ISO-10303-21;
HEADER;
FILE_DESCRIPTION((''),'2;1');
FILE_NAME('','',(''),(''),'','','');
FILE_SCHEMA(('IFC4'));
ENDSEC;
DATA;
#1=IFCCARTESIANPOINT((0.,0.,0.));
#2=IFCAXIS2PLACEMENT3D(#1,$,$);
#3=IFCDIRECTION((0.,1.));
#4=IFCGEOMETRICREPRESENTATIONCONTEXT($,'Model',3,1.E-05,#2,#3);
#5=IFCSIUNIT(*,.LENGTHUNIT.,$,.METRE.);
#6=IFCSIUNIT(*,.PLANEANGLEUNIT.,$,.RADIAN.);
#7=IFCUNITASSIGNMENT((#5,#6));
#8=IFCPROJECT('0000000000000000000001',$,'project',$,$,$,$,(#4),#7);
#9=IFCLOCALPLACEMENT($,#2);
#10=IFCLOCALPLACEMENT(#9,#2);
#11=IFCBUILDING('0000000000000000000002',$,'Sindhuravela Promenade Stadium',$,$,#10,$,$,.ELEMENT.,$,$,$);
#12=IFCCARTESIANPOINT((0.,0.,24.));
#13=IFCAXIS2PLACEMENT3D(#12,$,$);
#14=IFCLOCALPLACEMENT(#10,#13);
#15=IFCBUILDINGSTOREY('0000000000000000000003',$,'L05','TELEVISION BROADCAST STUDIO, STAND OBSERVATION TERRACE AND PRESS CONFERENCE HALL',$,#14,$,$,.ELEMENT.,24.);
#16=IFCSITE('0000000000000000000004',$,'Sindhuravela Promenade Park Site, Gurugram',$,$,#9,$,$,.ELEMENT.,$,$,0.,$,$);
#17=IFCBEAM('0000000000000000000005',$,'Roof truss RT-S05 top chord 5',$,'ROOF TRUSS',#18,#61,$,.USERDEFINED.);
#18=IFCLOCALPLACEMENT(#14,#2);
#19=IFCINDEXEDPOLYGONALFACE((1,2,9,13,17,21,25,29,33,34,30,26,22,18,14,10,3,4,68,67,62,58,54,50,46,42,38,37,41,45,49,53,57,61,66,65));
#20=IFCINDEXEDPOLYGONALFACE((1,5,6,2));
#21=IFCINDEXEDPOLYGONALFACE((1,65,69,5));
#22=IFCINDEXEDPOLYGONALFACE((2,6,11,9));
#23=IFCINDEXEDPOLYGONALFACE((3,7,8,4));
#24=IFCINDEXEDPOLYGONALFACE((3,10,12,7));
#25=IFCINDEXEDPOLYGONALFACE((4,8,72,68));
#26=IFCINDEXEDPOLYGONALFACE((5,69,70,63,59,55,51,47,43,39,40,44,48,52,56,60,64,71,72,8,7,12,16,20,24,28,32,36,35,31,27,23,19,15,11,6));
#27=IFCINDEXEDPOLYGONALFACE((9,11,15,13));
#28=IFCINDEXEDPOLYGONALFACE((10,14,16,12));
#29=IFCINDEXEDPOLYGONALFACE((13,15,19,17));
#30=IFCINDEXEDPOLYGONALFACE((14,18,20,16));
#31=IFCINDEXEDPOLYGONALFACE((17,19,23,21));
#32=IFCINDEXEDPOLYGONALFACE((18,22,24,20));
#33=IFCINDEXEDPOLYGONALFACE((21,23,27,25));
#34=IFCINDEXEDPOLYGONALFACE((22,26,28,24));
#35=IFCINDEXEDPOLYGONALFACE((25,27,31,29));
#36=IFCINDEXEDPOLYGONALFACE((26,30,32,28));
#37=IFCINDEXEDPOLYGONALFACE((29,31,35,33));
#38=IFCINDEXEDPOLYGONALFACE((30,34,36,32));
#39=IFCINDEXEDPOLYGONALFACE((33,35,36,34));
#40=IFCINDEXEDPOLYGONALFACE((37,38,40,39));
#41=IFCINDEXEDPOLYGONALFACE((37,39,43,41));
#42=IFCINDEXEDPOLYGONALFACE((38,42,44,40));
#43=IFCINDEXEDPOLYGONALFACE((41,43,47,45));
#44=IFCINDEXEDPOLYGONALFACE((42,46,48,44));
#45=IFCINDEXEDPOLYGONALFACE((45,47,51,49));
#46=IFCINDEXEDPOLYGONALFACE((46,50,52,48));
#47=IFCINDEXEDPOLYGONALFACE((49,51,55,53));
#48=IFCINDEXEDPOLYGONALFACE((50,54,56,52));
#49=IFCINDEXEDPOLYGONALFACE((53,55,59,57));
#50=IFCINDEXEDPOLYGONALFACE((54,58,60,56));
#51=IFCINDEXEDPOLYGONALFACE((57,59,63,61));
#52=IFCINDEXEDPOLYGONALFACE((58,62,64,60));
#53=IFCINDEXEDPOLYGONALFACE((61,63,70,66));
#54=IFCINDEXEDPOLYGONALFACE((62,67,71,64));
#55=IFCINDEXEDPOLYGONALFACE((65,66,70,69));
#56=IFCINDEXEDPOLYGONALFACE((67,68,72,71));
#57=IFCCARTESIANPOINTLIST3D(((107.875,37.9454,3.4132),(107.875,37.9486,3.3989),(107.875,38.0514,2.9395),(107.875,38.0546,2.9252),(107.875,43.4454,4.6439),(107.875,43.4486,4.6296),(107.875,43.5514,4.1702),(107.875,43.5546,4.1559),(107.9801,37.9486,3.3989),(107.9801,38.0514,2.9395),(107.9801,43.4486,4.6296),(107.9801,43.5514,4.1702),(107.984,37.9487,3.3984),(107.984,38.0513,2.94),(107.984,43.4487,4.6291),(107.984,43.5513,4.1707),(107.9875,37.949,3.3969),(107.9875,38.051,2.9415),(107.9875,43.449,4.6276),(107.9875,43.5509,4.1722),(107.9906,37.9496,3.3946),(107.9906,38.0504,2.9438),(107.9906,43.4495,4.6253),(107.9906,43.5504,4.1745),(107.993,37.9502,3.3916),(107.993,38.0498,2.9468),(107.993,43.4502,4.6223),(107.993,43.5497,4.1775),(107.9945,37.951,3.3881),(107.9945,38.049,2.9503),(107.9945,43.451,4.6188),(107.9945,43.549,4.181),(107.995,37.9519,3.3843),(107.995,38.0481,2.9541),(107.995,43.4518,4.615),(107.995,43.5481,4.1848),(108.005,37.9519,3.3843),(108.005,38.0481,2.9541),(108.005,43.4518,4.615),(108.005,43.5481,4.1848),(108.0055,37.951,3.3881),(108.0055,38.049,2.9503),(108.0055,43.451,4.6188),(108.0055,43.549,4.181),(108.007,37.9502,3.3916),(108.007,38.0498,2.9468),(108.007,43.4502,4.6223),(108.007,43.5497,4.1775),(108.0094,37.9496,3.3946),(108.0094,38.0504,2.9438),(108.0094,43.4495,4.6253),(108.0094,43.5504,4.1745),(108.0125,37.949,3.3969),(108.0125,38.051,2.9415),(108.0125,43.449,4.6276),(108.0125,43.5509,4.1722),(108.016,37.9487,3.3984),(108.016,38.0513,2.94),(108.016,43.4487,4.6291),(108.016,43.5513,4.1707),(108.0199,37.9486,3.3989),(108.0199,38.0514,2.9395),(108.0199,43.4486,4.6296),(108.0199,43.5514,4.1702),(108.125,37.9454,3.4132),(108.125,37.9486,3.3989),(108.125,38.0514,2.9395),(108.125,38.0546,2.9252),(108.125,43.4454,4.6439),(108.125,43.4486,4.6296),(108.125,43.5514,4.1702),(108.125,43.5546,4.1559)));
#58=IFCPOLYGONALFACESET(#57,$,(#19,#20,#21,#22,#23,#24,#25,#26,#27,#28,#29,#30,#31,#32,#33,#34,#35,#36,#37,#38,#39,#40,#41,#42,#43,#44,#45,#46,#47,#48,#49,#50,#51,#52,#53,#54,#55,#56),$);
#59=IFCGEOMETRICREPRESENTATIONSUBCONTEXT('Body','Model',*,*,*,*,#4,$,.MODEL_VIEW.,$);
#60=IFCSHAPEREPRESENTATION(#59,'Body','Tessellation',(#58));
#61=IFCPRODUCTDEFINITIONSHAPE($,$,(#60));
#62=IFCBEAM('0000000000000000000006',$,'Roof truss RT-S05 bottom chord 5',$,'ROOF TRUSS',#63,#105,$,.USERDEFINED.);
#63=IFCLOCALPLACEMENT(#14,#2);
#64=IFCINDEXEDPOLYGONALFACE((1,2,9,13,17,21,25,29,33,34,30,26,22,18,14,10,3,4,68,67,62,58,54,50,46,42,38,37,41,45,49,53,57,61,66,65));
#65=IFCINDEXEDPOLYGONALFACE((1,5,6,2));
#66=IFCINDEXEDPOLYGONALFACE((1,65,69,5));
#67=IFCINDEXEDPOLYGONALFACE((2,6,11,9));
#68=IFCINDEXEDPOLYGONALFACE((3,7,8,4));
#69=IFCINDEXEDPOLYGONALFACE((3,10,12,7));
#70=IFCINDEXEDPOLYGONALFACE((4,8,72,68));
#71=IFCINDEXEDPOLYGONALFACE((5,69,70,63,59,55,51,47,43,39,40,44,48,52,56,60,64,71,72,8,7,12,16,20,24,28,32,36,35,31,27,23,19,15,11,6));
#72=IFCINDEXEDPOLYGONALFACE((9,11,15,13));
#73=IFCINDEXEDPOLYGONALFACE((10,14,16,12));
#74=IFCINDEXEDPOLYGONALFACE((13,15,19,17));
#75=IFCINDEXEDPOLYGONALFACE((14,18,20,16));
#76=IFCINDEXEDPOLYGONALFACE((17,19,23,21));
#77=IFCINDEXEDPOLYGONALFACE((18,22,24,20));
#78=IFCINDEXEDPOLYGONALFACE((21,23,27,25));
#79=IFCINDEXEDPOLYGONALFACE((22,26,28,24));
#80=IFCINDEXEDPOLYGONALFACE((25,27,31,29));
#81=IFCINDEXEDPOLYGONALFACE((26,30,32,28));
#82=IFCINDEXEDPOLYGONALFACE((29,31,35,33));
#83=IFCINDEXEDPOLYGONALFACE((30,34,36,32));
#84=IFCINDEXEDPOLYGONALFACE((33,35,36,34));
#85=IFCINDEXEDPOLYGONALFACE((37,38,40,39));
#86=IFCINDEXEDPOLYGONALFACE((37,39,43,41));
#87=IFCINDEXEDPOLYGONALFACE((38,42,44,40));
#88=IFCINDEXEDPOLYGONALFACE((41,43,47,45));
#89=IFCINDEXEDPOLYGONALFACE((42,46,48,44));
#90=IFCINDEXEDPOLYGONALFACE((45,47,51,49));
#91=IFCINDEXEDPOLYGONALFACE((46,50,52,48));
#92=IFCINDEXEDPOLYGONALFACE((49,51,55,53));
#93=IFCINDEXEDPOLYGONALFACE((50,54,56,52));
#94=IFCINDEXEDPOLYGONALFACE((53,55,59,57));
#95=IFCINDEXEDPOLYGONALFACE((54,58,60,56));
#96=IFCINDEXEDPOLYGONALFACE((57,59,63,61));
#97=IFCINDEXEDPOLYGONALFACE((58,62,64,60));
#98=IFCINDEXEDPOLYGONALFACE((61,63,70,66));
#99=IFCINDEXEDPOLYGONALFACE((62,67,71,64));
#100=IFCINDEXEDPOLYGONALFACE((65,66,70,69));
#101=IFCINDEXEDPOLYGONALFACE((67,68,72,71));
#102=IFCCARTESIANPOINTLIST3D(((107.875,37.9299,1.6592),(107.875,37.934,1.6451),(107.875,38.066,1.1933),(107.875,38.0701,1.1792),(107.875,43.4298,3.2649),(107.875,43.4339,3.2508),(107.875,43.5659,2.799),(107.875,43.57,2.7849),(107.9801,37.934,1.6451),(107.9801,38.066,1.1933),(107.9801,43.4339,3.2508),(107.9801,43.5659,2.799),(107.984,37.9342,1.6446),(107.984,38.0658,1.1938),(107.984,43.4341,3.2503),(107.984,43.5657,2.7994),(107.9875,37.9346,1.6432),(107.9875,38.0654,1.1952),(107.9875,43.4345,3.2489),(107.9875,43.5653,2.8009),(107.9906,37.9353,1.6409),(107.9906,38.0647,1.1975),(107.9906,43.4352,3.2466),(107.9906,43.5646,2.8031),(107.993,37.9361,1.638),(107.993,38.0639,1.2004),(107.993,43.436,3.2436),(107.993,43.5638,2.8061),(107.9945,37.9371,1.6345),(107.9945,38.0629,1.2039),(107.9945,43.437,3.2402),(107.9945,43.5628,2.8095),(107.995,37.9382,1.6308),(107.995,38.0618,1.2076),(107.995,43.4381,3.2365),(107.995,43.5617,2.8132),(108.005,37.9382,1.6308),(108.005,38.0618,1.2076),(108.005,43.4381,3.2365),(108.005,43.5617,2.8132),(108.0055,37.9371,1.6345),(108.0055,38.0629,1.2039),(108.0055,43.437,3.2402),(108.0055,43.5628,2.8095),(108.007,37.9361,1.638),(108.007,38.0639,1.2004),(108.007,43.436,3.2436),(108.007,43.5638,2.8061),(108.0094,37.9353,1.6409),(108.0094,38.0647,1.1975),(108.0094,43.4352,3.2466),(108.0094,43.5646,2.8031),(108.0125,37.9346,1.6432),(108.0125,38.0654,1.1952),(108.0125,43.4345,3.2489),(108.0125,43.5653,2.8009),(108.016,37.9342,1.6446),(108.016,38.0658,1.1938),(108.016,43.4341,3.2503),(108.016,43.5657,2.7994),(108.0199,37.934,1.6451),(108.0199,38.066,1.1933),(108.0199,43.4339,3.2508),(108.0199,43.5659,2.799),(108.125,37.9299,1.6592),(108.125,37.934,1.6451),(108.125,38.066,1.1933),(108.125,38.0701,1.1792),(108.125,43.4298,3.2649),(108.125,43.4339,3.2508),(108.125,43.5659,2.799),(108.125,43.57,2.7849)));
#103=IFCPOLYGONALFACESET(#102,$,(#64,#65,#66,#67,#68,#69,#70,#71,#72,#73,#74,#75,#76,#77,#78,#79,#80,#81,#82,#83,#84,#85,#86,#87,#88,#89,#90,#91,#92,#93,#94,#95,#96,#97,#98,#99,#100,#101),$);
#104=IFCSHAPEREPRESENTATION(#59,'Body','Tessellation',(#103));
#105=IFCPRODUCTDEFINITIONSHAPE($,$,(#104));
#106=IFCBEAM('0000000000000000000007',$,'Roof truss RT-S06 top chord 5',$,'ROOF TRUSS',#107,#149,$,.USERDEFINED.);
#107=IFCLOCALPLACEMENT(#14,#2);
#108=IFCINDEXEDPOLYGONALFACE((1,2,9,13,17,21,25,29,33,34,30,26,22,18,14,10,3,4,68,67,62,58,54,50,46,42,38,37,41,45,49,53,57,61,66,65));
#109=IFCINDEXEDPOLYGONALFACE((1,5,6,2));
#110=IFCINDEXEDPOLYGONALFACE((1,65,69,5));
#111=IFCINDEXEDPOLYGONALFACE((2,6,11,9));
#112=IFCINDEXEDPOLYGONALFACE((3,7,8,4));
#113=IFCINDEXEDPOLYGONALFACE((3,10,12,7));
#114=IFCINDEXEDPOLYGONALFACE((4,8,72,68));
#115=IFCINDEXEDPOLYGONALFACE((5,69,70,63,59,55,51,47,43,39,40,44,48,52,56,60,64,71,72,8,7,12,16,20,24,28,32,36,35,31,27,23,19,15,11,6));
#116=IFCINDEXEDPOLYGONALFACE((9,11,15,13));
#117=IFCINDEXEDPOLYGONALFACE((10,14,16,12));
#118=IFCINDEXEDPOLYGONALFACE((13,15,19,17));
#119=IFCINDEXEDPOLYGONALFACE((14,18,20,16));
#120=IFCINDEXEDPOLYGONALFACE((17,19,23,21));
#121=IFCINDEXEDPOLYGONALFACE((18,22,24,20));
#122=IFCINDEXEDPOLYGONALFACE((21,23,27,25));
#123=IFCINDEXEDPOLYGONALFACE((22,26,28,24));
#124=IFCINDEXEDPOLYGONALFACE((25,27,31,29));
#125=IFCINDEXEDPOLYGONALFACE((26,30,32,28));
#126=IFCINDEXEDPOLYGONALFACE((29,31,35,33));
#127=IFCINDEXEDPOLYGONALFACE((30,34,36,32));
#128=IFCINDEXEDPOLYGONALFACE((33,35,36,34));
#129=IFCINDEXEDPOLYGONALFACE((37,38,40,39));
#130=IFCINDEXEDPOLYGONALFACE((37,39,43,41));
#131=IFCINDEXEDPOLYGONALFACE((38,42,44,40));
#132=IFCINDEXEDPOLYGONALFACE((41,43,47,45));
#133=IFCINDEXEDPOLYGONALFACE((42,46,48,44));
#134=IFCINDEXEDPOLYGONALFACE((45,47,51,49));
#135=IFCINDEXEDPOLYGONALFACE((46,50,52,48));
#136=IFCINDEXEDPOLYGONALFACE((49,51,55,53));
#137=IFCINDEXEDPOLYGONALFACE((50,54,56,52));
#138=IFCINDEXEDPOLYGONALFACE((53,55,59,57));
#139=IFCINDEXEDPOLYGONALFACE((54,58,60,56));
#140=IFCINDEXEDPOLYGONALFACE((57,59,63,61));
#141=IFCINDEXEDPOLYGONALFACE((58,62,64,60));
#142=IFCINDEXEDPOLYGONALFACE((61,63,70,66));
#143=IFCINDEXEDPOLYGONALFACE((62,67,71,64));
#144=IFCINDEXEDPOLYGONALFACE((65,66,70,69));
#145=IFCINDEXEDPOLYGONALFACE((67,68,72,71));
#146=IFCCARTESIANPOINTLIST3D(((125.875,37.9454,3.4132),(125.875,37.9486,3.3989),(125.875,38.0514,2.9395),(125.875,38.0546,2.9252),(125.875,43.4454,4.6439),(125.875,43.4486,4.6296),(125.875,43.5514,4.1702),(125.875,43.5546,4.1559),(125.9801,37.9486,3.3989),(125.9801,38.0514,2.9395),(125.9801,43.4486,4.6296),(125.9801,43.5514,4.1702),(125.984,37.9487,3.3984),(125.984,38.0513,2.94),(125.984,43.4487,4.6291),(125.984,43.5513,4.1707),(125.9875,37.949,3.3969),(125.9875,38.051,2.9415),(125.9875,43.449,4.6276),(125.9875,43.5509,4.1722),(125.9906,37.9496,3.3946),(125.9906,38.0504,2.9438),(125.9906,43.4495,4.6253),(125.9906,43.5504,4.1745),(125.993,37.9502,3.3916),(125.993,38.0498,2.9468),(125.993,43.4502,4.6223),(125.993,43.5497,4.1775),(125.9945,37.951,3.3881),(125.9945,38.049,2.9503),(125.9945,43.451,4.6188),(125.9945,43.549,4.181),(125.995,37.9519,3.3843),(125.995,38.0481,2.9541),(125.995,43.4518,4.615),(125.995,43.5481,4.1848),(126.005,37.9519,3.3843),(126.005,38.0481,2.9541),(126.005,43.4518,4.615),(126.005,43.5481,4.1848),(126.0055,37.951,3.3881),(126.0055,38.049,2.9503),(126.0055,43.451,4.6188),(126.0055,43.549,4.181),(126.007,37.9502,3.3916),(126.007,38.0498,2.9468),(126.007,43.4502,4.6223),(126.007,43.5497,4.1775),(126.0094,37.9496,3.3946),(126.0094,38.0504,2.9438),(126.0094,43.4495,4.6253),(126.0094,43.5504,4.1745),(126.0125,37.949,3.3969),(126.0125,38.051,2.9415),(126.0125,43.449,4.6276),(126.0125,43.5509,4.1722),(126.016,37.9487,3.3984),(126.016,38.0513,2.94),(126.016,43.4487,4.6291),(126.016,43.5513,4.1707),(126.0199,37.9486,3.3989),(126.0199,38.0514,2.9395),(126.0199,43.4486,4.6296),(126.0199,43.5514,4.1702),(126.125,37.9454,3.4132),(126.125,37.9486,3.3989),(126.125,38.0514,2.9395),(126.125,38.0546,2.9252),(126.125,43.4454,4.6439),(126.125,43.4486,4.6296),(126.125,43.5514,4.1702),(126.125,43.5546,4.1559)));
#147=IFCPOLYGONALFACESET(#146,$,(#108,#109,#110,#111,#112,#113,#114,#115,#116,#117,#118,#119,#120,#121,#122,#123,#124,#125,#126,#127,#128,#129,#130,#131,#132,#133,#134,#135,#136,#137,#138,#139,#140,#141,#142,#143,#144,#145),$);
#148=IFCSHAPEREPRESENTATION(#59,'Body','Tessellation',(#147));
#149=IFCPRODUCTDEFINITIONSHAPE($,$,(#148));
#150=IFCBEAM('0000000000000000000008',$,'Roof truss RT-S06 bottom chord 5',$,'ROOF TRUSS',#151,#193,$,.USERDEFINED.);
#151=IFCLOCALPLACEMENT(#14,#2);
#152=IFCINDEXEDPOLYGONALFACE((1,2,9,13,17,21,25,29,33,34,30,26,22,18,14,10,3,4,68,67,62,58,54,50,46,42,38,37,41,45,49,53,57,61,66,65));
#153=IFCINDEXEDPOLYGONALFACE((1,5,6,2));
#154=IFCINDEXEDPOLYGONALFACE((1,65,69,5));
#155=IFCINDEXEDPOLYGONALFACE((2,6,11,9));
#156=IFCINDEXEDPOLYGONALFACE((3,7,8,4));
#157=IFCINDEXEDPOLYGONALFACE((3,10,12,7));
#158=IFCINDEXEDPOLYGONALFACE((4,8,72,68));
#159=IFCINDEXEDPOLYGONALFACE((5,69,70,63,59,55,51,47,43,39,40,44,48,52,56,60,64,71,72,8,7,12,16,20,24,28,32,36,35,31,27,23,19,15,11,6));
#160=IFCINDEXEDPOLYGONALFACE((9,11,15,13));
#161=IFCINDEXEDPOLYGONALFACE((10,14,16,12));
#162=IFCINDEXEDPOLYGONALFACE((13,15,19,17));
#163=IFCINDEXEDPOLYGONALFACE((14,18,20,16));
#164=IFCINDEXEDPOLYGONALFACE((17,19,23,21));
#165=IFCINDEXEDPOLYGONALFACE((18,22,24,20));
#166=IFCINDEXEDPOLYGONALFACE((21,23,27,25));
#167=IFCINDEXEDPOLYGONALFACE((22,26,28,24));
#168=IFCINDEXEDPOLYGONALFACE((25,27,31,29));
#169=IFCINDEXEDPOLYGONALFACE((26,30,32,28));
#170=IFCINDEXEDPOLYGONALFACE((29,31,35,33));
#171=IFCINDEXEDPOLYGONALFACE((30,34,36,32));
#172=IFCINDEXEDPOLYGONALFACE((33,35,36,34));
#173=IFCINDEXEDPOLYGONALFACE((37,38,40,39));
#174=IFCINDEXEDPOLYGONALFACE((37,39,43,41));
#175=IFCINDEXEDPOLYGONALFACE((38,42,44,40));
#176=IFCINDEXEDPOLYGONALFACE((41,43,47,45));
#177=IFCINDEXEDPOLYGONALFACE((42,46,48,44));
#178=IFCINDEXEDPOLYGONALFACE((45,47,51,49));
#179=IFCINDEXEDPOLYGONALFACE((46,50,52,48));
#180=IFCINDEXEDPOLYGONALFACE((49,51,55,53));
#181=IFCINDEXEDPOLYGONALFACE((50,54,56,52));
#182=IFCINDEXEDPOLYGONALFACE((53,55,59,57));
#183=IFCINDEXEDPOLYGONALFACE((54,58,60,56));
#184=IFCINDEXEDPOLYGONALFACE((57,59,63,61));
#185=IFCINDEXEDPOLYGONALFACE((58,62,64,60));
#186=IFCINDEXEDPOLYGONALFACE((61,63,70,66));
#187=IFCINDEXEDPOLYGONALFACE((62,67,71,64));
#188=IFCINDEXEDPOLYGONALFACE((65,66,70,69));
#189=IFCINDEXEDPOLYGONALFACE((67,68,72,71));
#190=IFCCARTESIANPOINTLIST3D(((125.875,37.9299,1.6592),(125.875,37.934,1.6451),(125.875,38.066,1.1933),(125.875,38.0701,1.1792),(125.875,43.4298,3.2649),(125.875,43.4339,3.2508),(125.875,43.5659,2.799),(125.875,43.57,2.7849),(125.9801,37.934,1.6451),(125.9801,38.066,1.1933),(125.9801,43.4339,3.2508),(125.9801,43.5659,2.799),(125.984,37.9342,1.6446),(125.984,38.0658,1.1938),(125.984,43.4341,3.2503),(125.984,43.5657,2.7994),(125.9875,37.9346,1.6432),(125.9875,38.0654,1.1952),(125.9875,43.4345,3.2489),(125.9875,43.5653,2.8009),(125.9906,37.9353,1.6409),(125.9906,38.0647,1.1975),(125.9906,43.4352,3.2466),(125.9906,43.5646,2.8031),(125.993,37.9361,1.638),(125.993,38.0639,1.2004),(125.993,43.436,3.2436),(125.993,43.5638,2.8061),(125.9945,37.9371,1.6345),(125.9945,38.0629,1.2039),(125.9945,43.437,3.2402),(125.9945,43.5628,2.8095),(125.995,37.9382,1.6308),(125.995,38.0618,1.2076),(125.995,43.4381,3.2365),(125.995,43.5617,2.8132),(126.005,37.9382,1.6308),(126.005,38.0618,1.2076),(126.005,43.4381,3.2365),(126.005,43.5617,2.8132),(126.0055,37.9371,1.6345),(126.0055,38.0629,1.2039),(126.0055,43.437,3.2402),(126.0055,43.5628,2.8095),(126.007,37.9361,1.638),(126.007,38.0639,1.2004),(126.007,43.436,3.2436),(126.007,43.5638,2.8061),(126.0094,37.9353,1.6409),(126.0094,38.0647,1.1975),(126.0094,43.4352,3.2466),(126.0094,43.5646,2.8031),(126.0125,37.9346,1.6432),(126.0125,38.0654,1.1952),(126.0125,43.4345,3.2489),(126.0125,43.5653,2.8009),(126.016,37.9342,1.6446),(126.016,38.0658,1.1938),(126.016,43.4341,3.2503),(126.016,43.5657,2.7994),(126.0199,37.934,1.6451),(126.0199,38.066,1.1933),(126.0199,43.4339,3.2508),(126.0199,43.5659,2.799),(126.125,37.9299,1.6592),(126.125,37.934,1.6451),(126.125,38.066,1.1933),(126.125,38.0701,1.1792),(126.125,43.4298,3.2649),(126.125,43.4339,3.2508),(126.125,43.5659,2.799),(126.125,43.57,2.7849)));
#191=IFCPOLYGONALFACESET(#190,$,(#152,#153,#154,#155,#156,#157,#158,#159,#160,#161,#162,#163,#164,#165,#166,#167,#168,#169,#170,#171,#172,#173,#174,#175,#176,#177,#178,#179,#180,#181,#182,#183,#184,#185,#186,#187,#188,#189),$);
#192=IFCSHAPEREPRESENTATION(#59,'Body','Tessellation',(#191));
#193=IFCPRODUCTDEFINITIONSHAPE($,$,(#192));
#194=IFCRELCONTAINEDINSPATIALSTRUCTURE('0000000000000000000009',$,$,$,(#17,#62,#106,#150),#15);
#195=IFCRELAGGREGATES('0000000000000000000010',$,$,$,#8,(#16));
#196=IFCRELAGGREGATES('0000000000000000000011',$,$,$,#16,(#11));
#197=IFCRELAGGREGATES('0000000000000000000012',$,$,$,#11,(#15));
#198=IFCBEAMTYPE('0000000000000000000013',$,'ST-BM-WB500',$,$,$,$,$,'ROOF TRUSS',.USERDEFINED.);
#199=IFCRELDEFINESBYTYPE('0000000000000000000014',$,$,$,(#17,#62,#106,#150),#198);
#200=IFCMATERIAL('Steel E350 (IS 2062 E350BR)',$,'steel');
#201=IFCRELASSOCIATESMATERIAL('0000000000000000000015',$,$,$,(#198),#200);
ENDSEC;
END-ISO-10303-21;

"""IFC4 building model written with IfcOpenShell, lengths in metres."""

from ifc_helpers import new_model, si_unit, direction, frame, origin, origin_2d, place, context, subcontext, project, spatial, i_section, extrude, material, material_profile, profile_set, type_object, element, save


model = new_model("IFC4")

# Units and contexts
model_context = context("Model", 3, precision=1e-05, world=origin(), true_north=direction((0.0, 1.0)))
body_context = subcontext(model_context, "Body", "Model", "MODEL_VIEW")
ifc_project = project(units=[si_unit("LENGTHUNIT", "METRE"), si_unit("PLANEANGLEUNIT", "RADIAN")], contexts=[model_context])

# Site, building, storey
site_placement = place(None, origin())
site = spatial("IfcSite", under=ifc_project, at=site_placement, Name="Sindhuravela Promenade Park Site, Gurugram", CompositionType="ELEMENT", RefElevation=0.0)
building_placement = place(site_placement, origin())
building = spatial("IfcBuilding", under=site, at=building_placement, Name="Sindhuravela Promenade Stadium", CompositionType="ELEMENT")
storey_placement = place(building_placement, frame((0.0, 0.0, 24.0)))
storey = spatial("IfcBuildingStorey", under=building, at=storey_placement, Name="L05", Description="TELEVISION BROADCAST STUDIO, STAND OBSERVATION TERRACE AND PRESS CONFERENCE HALL", CompositionType="ELEMENT", Elevation=24.0)

# Beams
ifc_material_1 = material(Name="Steel E350 (IS 2062 E350BR)", Category="steel")
ifc_material_profile_1 = material_profile(ifc_material_1, i_section(OverallWidth=0.25, OverallDepth=0.5, WebThickness=0.01, FlangeThickness=0.0146, FilletRadius=0.0149, at=origin_2d()), Name="ISWB 500")
ifc_profile_set_1 = profile_set([ifc_material_profile_1], Name="Steel E350 (IS 2062 E350BR)")
beam_type_1 = type_object("IfcBeamType", Name="ST-BM-WB500", ElementType="ROOF TRUSS", PredefinedType="USERDEFINED", material=ifc_profile_set_1)
beam_1_placement = place(storey_placement, frame((108.0, 38.0, 3.1692), z_axis=(0.0, 0.975867, 0.218366), x_axis=(-1.0, 0.0, 0.0)))
element("IfcBeam", 1, at=beam_1_placement, inside=storey, type_object=beam_type_1, Name="Roof truss RT-S05 top chord 5", ObjectType="ROOF TRUSS", PredefinedType="USERDEFINED", context=body_context, shape_type="SweptSolid", body=[
    extrude(i_section(OverallWidth=0.25, OverallDepth=0.5, WebThickness=0.01, FlangeThickness=0.0146, FilletRadius=0.0149, at=origin_2d()), origin(), (0.0, 0.0, 1.0), 5.636),
])
beam_2_placement = place(storey_placement, frame((108.0, 38.0, 1.4192), z_axis=(0.0, 0.959927, 0.280249), x_axis=(-1.0, 0.0, 0.0)))
element("IfcBeam", 2, at=beam_2_placement, inside=storey, type_object=beam_type_1, Name="Roof truss RT-S05 bottom chord 5", ObjectType="ROOF TRUSS", PredefinedType="USERDEFINED", context=body_context, shape_type="SweptSolid", body=[
    extrude(i_section(OverallWidth=0.25, OverallDepth=0.5, WebThickness=0.01, FlangeThickness=0.0146, FilletRadius=0.0149, at=origin_2d()), origin(), (0.0, 0.0, 1.0), 5.7295),
])
beam_3_placement = place(storey_placement, frame((126.0, 38.0, 3.1692), z_axis=(0.0, 0.975867, 0.218366), x_axis=(-1.0, 0.0, 0.0)))
element("IfcBeam", 3, at=beam_3_placement, inside=storey, type_object=beam_type_1, Name="Roof truss RT-S06 top chord 5", ObjectType="ROOF TRUSS", PredefinedType="USERDEFINED", context=body_context, shape_type="SweptSolid", body=[
    extrude(i_section(OverallWidth=0.25, OverallDepth=0.5, WebThickness=0.01, FlangeThickness=0.0146, FilletRadius=0.0149, at=origin_2d()), origin(), (0.0, 0.0, 1.0), 5.636),
])
beam_4_placement = place(storey_placement, frame((126.0, 38.0, 1.4192), z_axis=(0.0, 0.959927, 0.280249), x_axis=(-1.0, 0.0, 0.0)))
element("IfcBeam", 4, at=beam_4_placement, inside=storey, type_object=beam_type_1, Name="Roof truss RT-S06 bottom chord 5", ObjectType="ROOF TRUSS", PredefinedType="USERDEFINED", context=body_context, shape_type="SweptSolid", body=[
    extrude(i_section(OverallWidth=0.25, OverallDepth=0.5, WebThickness=0.01, FlangeThickness=0.0146, FilletRadius=0.0149, at=origin_2d()), origin(), (0.0, 0.0, 1.0), 5.7295),
])

save(model, "model.ifc")
